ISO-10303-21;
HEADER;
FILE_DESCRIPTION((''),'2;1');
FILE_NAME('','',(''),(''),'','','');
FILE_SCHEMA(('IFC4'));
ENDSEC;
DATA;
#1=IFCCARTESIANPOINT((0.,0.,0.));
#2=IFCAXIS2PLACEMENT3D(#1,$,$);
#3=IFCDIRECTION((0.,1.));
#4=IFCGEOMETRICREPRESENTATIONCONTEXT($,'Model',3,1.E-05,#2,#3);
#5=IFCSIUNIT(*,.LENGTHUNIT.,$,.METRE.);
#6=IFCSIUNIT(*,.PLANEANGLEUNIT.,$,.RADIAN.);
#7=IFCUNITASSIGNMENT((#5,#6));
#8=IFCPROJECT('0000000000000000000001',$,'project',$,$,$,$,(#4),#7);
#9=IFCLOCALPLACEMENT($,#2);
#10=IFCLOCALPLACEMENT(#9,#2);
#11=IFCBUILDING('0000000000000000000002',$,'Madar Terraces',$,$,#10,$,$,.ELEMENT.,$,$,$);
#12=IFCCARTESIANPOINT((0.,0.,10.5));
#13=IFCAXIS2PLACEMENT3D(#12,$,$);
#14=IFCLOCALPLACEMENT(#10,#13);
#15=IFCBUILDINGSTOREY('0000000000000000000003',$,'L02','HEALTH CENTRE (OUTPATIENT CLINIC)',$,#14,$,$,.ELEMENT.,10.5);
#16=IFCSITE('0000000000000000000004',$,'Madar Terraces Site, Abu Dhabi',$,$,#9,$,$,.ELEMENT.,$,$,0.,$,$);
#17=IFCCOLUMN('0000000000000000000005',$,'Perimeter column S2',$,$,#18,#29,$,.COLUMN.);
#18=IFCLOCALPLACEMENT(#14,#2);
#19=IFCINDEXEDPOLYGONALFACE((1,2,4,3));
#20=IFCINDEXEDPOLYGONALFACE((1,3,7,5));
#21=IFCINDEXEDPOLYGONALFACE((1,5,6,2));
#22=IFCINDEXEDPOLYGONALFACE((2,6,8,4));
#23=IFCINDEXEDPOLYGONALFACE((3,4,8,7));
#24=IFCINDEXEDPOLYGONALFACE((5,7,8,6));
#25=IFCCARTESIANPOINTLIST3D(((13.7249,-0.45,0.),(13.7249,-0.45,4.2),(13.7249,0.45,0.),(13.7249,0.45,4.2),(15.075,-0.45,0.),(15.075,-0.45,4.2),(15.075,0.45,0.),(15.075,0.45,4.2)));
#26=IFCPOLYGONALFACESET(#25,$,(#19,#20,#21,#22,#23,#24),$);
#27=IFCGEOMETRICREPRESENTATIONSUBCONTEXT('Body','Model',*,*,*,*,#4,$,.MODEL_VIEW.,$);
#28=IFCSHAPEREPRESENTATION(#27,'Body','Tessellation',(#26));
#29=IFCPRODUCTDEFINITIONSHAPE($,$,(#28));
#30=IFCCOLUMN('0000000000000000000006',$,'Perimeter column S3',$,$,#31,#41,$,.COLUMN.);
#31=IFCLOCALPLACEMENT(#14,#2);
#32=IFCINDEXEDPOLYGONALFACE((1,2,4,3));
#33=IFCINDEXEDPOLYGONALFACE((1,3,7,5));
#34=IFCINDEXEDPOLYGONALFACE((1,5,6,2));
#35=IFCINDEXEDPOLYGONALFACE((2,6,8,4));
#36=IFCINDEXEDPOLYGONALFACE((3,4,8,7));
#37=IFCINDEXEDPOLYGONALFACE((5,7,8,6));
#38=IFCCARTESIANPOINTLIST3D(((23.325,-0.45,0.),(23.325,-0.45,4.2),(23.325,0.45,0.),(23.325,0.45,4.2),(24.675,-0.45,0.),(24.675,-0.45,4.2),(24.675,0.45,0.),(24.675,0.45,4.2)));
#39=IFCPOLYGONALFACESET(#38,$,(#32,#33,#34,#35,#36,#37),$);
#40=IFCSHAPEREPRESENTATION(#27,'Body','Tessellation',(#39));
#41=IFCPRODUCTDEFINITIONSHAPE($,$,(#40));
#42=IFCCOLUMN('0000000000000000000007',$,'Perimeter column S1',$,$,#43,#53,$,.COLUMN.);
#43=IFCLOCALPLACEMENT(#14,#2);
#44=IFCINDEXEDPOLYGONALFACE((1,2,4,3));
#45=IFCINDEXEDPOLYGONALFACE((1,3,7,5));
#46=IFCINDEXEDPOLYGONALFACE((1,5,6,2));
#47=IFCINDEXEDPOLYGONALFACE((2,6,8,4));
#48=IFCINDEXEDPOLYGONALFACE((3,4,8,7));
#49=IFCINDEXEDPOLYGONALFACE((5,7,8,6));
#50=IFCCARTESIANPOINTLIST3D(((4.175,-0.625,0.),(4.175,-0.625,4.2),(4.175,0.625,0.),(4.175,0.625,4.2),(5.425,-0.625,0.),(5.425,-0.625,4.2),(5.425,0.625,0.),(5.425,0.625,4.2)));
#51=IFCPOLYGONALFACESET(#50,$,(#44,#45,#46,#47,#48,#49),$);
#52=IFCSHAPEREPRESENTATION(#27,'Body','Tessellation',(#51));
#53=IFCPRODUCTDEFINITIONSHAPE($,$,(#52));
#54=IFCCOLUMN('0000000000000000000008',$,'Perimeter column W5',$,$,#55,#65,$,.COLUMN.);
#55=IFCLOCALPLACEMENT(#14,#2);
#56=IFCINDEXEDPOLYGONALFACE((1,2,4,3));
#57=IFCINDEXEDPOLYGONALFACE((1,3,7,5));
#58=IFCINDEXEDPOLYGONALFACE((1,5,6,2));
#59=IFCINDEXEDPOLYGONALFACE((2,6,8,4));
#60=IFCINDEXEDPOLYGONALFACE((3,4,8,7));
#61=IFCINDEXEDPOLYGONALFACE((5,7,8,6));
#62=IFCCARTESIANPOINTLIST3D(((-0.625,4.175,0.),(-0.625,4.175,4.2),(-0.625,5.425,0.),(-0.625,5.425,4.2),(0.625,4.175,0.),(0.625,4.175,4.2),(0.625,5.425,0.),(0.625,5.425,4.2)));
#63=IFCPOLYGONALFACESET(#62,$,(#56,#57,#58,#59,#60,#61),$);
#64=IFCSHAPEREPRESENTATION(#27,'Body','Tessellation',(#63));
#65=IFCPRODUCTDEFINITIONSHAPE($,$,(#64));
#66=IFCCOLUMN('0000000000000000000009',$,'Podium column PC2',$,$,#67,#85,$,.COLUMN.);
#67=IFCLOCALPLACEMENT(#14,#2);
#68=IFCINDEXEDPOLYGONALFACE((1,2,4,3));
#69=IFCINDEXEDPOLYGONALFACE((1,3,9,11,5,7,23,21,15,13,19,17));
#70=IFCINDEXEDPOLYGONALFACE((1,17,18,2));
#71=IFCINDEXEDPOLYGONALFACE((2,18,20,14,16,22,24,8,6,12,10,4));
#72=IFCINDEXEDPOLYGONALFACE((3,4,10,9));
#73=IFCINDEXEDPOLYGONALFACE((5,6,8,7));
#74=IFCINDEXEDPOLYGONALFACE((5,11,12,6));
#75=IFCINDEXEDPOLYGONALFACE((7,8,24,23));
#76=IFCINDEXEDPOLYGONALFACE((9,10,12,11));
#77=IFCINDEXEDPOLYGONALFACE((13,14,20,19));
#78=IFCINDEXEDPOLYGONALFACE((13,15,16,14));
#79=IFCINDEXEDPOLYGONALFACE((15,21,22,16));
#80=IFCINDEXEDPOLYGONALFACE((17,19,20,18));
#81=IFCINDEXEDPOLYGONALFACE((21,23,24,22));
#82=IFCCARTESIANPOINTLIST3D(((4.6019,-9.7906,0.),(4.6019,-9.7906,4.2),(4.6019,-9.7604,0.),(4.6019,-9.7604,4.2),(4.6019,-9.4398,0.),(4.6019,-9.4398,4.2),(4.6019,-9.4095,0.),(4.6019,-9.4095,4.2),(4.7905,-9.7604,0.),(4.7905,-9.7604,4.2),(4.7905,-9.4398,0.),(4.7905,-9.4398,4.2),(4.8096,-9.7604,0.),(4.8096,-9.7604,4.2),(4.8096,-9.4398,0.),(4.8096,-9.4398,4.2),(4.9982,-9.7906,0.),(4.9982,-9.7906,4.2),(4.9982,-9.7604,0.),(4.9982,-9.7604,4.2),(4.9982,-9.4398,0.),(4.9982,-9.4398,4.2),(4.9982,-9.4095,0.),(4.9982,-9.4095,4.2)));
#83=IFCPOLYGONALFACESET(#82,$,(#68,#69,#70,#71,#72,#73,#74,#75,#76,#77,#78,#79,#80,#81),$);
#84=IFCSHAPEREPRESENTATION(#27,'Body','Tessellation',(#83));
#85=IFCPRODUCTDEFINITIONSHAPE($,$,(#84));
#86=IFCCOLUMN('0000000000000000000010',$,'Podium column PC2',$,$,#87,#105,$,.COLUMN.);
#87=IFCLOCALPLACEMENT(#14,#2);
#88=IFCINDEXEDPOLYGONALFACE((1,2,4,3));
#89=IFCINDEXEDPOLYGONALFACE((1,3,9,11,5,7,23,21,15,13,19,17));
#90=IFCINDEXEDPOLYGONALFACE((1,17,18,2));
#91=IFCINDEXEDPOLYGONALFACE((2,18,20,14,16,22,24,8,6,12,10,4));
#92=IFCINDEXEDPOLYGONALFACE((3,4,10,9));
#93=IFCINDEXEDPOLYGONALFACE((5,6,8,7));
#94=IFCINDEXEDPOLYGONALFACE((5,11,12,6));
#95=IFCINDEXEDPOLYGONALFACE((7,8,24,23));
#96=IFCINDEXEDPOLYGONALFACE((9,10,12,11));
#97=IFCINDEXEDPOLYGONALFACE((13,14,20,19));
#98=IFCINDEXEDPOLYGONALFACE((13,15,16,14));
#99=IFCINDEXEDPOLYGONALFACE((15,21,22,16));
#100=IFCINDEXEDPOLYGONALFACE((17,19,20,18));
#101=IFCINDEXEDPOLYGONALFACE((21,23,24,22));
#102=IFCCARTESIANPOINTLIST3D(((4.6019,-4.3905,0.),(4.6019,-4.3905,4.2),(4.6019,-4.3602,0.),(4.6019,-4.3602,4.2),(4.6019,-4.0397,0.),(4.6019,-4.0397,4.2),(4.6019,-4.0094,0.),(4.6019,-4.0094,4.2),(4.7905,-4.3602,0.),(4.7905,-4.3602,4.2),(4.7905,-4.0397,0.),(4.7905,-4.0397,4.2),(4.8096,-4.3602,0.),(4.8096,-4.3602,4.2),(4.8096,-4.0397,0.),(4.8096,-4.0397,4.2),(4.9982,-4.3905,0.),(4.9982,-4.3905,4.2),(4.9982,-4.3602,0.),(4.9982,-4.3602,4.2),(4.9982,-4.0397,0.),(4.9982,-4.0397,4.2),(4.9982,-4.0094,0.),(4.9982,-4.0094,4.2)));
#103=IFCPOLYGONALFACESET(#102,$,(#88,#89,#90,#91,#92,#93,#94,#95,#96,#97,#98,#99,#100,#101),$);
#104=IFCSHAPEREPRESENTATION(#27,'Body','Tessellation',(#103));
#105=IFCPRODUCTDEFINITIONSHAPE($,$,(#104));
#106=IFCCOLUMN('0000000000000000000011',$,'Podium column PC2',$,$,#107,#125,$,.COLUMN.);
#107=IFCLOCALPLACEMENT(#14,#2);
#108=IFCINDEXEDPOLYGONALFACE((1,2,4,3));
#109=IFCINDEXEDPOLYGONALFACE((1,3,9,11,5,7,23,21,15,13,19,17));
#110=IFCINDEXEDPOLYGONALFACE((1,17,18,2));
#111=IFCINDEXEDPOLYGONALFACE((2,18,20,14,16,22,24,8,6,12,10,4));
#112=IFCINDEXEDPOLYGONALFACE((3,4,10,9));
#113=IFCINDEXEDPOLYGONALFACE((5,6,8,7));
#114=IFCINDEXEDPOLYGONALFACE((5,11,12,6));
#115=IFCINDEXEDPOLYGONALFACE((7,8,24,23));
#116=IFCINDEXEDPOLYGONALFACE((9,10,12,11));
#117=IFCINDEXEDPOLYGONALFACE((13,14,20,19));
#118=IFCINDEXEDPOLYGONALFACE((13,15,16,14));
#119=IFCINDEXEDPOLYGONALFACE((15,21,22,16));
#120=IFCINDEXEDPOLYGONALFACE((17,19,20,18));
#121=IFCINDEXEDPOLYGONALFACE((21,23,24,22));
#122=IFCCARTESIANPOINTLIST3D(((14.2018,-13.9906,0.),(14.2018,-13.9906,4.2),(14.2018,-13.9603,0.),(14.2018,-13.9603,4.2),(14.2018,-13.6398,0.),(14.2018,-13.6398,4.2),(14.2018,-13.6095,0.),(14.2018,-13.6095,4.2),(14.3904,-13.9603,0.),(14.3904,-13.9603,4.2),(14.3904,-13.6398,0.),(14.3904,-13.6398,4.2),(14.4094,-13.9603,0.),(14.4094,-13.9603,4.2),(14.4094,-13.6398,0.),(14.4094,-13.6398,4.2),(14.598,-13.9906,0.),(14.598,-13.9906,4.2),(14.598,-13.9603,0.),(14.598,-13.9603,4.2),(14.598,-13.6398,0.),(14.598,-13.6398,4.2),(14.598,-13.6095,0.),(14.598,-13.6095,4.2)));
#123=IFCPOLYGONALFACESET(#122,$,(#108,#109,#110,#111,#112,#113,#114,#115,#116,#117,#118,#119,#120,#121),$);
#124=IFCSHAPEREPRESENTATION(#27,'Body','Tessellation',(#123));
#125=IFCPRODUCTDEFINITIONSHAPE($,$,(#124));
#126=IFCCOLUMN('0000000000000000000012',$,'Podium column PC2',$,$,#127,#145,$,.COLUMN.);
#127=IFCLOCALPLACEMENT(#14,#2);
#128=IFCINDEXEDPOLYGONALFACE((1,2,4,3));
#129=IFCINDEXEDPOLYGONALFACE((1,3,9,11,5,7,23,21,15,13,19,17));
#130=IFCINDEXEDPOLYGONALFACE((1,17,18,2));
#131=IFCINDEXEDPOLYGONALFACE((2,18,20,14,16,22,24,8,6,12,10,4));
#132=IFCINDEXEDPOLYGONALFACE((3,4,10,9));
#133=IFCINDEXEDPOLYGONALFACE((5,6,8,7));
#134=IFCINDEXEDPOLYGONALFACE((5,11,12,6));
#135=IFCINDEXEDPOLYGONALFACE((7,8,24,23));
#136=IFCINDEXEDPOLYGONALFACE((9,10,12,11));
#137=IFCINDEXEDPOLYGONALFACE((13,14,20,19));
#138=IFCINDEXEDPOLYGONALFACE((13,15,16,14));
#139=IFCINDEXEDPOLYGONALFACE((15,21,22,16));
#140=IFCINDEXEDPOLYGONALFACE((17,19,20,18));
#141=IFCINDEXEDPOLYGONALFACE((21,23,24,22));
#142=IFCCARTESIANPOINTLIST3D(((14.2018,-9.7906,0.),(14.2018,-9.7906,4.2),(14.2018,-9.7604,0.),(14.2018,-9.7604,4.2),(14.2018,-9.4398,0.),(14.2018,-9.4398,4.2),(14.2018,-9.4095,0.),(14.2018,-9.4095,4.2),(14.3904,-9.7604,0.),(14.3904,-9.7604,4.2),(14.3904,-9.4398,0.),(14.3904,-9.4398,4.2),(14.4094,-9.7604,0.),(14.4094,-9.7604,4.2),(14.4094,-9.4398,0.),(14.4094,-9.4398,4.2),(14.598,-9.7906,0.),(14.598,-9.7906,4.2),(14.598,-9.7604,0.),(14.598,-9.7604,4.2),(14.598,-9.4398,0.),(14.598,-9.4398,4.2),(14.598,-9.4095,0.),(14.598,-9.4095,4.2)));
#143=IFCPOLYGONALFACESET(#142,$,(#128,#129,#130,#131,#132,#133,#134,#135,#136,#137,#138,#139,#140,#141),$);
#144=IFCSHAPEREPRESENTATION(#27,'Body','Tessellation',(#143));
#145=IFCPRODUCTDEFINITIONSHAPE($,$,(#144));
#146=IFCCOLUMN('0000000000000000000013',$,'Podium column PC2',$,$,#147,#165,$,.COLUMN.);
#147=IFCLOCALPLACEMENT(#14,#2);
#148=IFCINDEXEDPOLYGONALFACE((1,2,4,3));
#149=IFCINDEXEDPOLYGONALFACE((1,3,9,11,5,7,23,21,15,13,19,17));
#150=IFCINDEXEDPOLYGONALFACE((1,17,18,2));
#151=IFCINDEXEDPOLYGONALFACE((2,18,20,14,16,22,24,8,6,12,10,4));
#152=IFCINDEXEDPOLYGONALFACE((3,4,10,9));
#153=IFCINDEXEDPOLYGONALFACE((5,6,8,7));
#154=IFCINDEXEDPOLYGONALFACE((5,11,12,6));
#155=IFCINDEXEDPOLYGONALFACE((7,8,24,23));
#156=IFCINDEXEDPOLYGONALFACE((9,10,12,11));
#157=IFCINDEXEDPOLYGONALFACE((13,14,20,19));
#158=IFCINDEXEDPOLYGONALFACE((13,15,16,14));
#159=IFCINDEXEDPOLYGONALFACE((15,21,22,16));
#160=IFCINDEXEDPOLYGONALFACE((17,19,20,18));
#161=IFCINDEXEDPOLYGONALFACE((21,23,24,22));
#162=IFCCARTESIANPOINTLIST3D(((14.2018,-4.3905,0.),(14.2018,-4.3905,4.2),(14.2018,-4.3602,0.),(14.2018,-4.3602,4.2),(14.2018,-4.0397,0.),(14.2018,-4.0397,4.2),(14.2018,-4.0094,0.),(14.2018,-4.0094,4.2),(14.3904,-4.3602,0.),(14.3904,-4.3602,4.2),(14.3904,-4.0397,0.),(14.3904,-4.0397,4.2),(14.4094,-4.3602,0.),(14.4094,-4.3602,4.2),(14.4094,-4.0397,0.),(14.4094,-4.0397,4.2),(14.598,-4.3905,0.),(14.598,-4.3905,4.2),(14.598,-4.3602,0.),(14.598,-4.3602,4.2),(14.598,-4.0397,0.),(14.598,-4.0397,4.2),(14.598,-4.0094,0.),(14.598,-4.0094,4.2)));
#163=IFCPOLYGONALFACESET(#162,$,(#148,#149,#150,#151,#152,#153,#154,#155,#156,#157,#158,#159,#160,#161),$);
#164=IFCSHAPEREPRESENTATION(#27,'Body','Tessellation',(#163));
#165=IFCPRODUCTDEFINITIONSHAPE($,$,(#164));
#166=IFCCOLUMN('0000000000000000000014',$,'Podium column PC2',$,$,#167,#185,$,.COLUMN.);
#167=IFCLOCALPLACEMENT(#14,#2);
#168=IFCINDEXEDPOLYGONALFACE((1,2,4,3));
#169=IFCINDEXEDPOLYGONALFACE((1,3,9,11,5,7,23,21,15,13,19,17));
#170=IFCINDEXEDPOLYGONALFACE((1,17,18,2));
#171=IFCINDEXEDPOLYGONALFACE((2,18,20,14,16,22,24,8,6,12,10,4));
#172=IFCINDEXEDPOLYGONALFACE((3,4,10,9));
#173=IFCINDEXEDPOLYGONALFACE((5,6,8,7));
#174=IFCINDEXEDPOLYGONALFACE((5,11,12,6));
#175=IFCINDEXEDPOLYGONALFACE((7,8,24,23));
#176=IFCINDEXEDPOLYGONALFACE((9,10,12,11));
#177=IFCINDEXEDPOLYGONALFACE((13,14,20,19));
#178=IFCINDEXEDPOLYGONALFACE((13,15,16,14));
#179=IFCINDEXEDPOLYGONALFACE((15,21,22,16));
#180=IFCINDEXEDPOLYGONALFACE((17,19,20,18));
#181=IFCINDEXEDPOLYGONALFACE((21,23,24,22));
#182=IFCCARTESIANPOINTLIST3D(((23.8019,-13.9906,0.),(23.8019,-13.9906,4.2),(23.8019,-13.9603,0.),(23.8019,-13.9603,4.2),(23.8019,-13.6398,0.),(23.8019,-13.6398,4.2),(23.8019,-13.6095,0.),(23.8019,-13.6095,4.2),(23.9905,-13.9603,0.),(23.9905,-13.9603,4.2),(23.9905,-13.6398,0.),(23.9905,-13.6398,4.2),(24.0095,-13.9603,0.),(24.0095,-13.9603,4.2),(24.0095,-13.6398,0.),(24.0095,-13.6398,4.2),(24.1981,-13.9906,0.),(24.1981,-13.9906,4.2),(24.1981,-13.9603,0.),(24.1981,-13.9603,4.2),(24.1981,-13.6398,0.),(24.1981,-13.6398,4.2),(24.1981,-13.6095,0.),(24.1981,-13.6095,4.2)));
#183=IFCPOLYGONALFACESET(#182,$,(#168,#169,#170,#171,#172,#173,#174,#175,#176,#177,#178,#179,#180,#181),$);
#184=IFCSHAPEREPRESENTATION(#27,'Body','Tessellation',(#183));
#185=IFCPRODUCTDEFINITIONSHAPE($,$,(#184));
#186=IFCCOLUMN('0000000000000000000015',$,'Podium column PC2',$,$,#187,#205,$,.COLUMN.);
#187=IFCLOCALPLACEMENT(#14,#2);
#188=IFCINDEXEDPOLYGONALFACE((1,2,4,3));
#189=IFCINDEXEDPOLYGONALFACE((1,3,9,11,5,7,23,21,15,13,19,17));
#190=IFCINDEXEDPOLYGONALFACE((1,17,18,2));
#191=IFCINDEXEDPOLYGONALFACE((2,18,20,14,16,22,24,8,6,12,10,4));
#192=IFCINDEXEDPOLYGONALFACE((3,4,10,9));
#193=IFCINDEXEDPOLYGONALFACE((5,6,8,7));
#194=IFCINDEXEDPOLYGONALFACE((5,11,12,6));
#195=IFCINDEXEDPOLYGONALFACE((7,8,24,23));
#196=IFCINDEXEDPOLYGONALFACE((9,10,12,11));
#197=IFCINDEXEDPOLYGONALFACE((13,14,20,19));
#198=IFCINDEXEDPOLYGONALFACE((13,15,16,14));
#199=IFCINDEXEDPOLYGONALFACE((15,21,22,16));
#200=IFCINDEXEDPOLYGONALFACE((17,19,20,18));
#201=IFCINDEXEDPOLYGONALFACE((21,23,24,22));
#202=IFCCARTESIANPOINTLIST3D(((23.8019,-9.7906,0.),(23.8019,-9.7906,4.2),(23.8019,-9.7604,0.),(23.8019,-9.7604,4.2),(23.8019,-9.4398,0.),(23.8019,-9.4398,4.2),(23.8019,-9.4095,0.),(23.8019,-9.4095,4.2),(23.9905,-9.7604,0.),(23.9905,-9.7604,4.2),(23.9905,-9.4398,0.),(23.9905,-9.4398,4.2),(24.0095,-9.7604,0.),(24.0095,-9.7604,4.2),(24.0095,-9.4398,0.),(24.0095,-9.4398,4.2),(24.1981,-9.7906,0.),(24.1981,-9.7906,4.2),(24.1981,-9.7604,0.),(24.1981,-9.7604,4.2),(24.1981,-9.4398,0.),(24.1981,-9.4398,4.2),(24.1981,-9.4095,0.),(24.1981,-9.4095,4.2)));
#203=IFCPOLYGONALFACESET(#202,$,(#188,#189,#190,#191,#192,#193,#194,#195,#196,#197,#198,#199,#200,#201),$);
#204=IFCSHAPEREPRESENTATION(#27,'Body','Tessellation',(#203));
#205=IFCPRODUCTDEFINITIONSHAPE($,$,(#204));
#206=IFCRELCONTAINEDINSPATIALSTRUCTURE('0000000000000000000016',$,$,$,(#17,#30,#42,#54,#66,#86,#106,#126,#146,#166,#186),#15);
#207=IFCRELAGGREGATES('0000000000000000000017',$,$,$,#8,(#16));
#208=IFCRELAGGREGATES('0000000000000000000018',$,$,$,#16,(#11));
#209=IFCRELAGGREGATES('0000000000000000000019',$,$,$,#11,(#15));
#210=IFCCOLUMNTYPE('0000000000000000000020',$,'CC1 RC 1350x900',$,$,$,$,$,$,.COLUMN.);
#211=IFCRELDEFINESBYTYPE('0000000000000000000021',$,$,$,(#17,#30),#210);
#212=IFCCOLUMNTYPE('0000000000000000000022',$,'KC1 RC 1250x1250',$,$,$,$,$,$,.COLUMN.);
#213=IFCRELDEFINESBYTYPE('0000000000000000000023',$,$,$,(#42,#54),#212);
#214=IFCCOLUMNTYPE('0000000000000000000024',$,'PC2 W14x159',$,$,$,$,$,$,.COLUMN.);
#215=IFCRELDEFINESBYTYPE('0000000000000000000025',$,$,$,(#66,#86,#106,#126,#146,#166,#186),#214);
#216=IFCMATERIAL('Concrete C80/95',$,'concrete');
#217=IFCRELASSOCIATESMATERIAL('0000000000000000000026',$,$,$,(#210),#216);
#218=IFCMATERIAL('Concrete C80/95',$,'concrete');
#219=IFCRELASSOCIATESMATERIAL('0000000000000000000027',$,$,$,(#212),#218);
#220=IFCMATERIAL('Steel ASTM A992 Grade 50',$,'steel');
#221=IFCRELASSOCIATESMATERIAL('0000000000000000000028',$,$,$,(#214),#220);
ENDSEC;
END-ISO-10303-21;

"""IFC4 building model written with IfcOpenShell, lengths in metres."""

from ifc_helpers import new_model, si_unit, direction, frame, origin, origin_2d, place, context, subcontext, project, spatial, rectangle, i_section, extrude, material, material_profile, profile_set, type_object, element, save


model = new_model("IFC4")

# Units and contexts
model_context = context("Model", 3, precision=1e-05, world=origin(), true_north=direction((0.0, 1.0)))
body_context = subcontext(model_context, "Body", "Model", "MODEL_VIEW")
ifc_project = project(units=[si_unit("LENGTHUNIT", "METRE"), si_unit("PLANEANGLEUNIT", "RADIAN")], contexts=[model_context])

# Site, building, storey
site_placement = place(None, origin())
site = spatial("IfcSite", under=ifc_project, at=site_placement, Name="Madar Terraces Site, Abu Dhabi", CompositionType="ELEMENT", RefElevation=0.0)
building_placement = place(site_placement, origin())
building = spatial("IfcBuilding", under=site, at=building_placement, Name="Madar Terraces", CompositionType="ELEMENT")
storey_placement = place(building_placement, frame((0.0, 0.0, 10.5)))
storey = spatial("IfcBuildingStorey", under=building, at=storey_placement, Name="L02", Description="HEALTH CENTRE (OUTPATIENT CLINIC)", CompositionType="ELEMENT", Elevation=10.5)

# Columns
ifc_material_1 = material(Name="Concrete C80/95", Category="concrete")
ifc_material_profile_1 = material_profile(ifc_material_1, rectangle(XDim=1.3501, YDim=0.8999, at=origin_2d()), Name="CC1 RC 1350x900")
ifc_profile_set_1 = profile_set([ifc_material_profile_1], Name="Concrete C80/95")
column_type_1 = type_object("IfcColumnType", Name="CC1 RC 1350x900", PredefinedType="COLUMN", material=ifc_profile_set_1)
for number, where, z_axis, x_axis, name in (
    (1, (14.3999, 0.0, 0.0), (0.0, 0.0, 1.0), (1.0, 0.0, 0.0), "Perimeter column S2"),
    (2, (24.0, 0.0, 0.0), (0.0, 0.0, 1.0), (1.0, 0.0, 0.0), "Perimeter column S3"),
):
    element("IfcColumn", number, at=place(storey_placement, frame(where, z_axis=z_axis, x_axis=x_axis)), inside=storey, type_object=column_type_1, Name=name, PredefinedType="COLUMN", context=body_context, shape_type="SweptSolid", body=[
        extrude(rectangle(XDim=1.3501, YDim=0.8999, at=origin_2d()), origin(), (0.0, 0.0, 1.0), 4.2),
    ])
ifc_material_2 = material(Name="Concrete C80/95", Category="concrete")
ifc_material_profile_2 = material_profile(ifc_material_2, rectangle(XDim=1.25, YDim=1.25, at=origin_2d()), Name="KC1 RC 1250x1250")
ifc_profile_set_2 = profile_set([ifc_material_profile_2], Name="Concrete C80/95")
column_type_2 = type_object("IfcColumnType", Name="KC1 RC 1250x1250", PredefinedType="COLUMN", material=ifc_profile_set_2)
for number, where, z_axis, x_axis, name in (
    (3, (4.8, 0.0, 0.0), (0.0, 0.0, 1.0), (1.0, 0.0, 0.0), "Perimeter column S1"),
    (4, (0.0, 4.8, 0.0), (0.0, 0.0, 1.0), (1.0, 0.0, 0.0), "Perimeter column W5"),
):
    element("IfcColumn", number, at=place(storey_placement, frame(where, z_axis=z_axis, x_axis=x_axis)), inside=storey, type_object=column_type_2, Name=name, PredefinedType="COLUMN", context=body_context, shape_type="SweptSolid", body=[
        extrude(rectangle(XDim=1.25, YDim=1.25, at=origin_2d()), origin(), (0.0, 0.0, 1.0), 4.2),
    ])
ifc_material_3 = material(Name="Steel ASTM A992 Grade 50", Category="steel")
ifc_material_profile_3 = material_profile(ifc_material_3, i_section(OverallWidth=0.3962, OverallDepth=0.3811, WebThickness=0.019, FlangeThickness=0.0303, at=origin_2d()), Name="W14x159")
ifc_profile_set_3 = profile_set([ifc_material_profile_3], Name="Steel ASTM A992 Grade 50")
column_type_3 = type_object("IfcColumnType", Name="PC2 W14x159", PredefinedType="COLUMN", material=ifc_profile_set_3)
for number, where, z_axis, x_axis, name in (
    (5, (4.8, -9.6001, 0.0), (0.0, 0.0, 1.0), (1.0, 0.0, 0.0), "Podium column PC2"),
    (6, (4.8, -4.2, 0.0), (0.0, 0.0, 1.0), (1.0, 0.0, 0.0), "Podium column PC2"),
    (7, (14.3999, -13.8, 0.0), (0.0, 0.0, 1.0), (1.0, 0.0, 0.0), "Podium column PC2"),
    (8, (14.3999, -9.6001, 0.0), (0.0, 0.0, 1.0), (1.0, 0.0, 0.0), "Podium column PC2"),
    (9, (14.3999, -4.2, 0.0), (0.0, 0.0, 1.0), (1.0, 0.0, 0.0), "Podium column PC2"),
    (10, (24.0, -13.8, 0.0), (0.0, 0.0, 1.0), (1.0, 0.0, 0.0), "Podium column PC2"),
    (11, (24.0, -9.6001, 0.0), (0.0, 0.0, 1.0), (1.0, 0.0, 0.0), "Podium column PC2"),
):
    element("IfcColumn", number, at=place(storey_placement, frame(where, z_axis=z_axis, x_axis=x_axis)), inside=storey, type_object=column_type_3, Name=name, PredefinedType="COLUMN", context=body_context, shape_type="SweptSolid", body=[
        extrude(i_section(OverallWidth=0.3962, OverallDepth=0.3811, WebThickness=0.019, FlangeThickness=0.0303, at=origin_2d()), origin(), (0.0, 0.0, 1.0), 4.2),
    ])

save(model, "model.ifc")
